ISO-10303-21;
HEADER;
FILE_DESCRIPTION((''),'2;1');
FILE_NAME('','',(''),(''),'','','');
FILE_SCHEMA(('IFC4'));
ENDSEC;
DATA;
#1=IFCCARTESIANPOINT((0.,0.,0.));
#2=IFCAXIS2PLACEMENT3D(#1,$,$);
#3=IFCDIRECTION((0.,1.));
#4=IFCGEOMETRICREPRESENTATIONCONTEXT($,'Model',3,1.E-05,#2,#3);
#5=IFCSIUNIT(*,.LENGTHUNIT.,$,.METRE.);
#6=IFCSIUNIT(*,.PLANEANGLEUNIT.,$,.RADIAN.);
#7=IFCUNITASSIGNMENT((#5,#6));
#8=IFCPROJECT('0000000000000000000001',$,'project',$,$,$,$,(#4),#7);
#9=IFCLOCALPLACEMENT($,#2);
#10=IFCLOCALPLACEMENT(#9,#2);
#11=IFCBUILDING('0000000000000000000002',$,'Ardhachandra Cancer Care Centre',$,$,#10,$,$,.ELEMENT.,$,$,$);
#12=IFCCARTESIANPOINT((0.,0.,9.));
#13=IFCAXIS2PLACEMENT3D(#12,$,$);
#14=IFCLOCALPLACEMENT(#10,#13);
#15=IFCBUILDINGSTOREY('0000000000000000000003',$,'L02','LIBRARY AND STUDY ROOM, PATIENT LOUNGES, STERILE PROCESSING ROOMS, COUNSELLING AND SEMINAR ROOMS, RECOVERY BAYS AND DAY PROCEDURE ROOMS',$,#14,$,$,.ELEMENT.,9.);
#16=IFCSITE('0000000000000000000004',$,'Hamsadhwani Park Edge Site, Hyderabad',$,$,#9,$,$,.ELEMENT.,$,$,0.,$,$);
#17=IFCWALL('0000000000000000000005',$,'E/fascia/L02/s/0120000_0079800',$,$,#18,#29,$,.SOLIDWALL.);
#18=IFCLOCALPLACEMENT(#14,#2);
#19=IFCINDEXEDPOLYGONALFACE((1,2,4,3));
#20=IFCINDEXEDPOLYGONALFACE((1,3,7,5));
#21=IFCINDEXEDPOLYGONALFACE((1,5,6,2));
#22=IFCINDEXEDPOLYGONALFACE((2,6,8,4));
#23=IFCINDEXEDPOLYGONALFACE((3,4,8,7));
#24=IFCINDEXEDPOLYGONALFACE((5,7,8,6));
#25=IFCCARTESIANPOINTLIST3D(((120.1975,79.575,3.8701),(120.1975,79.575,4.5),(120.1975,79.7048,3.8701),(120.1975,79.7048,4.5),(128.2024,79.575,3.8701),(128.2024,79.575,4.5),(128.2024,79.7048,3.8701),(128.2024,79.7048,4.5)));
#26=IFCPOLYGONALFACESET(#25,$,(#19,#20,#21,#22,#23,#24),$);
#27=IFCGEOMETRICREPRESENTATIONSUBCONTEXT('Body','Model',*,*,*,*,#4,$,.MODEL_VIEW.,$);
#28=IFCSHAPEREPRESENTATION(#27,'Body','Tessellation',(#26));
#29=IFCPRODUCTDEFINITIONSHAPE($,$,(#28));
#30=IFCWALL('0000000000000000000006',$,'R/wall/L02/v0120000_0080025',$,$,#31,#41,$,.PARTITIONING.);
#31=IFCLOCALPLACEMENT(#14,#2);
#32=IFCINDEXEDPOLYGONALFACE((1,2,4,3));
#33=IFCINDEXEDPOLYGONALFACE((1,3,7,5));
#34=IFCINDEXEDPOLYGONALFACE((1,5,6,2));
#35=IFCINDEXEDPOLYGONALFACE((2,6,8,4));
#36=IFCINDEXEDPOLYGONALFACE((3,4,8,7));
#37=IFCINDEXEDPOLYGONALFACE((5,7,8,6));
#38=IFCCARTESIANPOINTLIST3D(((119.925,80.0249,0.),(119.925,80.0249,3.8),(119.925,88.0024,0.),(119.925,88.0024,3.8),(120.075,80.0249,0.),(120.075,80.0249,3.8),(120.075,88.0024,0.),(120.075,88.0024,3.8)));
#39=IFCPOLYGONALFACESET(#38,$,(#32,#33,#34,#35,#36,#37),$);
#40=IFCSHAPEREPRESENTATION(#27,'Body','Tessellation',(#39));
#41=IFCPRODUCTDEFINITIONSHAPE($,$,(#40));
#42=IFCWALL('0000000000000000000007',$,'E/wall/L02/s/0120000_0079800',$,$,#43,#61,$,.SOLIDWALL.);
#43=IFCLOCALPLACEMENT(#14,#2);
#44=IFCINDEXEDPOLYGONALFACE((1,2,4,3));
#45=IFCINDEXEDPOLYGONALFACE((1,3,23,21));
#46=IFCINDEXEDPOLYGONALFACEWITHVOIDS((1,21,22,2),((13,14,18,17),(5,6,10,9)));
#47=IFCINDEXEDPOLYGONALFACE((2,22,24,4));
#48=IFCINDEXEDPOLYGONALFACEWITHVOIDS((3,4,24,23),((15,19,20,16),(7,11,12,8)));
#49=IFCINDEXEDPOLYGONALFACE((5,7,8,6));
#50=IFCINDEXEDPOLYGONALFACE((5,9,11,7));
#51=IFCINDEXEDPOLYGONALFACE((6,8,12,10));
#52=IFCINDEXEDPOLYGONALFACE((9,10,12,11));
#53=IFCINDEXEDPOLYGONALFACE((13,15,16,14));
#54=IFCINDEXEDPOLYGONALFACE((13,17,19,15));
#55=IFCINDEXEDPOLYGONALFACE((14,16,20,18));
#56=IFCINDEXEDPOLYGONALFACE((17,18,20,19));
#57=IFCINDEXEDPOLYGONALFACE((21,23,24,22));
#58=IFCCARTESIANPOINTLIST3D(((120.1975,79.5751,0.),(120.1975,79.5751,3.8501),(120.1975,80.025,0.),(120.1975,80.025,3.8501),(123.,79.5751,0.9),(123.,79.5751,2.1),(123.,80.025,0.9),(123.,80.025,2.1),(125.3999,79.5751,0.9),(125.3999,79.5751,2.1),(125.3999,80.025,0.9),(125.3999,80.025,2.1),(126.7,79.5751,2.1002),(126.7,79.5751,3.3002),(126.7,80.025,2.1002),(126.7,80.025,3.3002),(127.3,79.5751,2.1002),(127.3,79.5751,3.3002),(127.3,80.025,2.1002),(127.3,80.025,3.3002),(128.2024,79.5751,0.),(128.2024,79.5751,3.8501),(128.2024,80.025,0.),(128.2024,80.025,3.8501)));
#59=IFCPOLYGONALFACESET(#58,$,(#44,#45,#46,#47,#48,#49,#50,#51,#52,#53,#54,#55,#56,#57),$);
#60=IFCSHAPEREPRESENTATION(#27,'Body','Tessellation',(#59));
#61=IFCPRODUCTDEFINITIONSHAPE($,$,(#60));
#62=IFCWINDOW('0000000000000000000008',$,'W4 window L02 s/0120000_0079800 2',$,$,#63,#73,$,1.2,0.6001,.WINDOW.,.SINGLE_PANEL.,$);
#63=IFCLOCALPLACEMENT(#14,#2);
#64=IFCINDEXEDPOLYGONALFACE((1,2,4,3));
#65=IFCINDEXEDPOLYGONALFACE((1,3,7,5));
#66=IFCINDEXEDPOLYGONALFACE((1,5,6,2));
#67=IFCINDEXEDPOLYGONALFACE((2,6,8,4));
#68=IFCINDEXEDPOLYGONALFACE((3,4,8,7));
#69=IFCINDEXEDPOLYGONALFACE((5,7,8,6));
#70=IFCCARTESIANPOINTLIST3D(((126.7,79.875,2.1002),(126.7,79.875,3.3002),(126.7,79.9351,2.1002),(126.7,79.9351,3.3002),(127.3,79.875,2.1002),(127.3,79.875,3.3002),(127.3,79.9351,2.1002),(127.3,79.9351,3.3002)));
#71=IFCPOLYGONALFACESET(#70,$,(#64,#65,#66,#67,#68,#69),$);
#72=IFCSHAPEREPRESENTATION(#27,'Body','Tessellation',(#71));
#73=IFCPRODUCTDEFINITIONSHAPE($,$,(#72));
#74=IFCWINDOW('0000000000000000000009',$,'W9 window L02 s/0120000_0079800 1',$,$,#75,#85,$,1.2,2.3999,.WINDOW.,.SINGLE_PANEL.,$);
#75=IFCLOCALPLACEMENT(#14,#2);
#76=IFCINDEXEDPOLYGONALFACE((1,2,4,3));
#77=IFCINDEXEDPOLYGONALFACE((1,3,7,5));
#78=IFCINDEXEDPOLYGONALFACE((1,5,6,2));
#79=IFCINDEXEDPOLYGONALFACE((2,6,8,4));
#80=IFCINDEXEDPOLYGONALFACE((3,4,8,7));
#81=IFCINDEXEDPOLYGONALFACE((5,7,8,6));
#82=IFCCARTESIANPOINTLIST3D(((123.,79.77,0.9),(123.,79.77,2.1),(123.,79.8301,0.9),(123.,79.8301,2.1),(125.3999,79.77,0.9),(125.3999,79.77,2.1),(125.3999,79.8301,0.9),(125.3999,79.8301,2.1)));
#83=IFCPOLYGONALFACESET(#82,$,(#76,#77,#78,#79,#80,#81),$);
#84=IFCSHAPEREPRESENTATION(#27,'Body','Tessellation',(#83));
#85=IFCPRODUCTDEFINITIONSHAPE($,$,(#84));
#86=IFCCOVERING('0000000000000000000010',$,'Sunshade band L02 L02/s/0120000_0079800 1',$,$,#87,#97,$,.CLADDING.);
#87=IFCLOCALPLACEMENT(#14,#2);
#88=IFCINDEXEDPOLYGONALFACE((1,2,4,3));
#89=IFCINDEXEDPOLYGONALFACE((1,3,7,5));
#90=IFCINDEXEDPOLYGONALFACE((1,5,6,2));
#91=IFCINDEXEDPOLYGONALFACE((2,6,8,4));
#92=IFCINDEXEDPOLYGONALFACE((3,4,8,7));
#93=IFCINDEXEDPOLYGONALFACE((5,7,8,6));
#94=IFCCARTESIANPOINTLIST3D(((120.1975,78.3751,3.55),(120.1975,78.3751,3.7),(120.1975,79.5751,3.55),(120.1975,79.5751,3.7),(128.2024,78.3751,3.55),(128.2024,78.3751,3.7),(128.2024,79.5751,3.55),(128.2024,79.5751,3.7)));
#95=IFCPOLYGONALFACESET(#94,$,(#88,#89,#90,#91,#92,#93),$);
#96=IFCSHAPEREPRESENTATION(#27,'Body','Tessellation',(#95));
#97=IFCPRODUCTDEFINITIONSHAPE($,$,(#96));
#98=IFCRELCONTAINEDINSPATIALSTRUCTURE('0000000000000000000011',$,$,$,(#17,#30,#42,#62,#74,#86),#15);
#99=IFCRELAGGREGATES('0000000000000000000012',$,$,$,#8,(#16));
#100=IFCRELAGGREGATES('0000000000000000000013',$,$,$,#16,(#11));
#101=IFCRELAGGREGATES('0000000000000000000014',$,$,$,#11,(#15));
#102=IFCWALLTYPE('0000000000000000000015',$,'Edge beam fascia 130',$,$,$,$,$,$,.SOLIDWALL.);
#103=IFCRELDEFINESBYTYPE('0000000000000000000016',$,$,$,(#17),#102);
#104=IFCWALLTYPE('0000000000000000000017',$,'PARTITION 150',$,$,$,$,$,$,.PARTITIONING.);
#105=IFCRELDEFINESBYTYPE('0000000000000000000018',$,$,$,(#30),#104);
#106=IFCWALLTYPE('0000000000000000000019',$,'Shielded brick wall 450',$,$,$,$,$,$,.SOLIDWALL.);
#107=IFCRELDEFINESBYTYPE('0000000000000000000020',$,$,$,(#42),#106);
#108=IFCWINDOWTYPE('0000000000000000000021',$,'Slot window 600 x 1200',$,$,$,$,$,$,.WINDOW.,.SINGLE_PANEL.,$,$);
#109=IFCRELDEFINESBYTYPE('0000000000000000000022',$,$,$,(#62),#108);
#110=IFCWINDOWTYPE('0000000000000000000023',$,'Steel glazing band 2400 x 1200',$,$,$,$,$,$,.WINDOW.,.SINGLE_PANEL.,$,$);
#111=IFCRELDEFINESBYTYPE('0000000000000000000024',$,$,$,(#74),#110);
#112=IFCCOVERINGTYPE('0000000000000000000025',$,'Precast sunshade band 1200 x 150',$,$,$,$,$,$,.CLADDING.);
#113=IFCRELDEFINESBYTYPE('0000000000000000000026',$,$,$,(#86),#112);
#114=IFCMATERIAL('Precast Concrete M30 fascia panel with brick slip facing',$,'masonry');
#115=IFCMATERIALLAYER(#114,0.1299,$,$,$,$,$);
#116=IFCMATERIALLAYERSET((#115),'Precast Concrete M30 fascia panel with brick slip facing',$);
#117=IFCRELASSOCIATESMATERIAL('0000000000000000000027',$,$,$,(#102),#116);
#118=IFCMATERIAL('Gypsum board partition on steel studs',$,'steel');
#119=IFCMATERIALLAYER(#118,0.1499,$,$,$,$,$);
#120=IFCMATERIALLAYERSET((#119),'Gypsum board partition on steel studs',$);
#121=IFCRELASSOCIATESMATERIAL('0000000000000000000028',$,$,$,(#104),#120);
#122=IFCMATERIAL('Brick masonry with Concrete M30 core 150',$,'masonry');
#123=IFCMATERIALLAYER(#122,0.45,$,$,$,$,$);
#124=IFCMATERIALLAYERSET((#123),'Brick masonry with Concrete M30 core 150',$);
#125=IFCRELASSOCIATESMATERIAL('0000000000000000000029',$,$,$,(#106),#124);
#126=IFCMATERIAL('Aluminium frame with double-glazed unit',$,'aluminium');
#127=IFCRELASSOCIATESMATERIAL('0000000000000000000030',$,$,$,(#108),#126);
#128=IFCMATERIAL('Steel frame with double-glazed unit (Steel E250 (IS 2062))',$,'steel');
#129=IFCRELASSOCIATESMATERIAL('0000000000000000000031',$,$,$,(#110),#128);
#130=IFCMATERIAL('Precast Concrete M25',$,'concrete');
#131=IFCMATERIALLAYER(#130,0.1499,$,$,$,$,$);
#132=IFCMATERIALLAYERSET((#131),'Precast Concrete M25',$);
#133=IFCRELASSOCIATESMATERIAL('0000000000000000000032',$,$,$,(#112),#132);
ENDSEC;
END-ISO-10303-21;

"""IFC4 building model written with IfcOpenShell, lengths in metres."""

from ifc_helpers import new_model, si_unit, direction, frame, frame_2d, origin, origin_2d, place, context, subcontext, project, spatial, rectangle, extrude, material, layer, layer_set, type_object, element, fill, save


model = new_model("IFC4")

# Units and contexts
model_context = context("Model", 3, precision=1e-05, world=origin(), true_north=direction((0.0, 1.0)))
body_context = subcontext(model_context, "Body", "Model", "MODEL_VIEW")
ifc_project = project(units=[si_unit("LENGTHUNIT", "METRE"), si_unit("PLANEANGLEUNIT", "RADIAN")], contexts=[model_context])

# Site, building, storey
site_placement = place(None, origin())
site = spatial("IfcSite", under=ifc_project, at=site_placement, Name="Hamsadhwani Park Edge Site, Hyderabad", CompositionType="ELEMENT", RefElevation=0.0)
building_placement = place(site_placement, origin())
building = spatial("IfcBuilding", under=site, at=building_placement, Name="Ardhachandra Cancer Care Centre", CompositionType="ELEMENT")
storey_placement = place(building_placement, frame((0.0, 0.0, 9.0)))
storey = spatial("IfcBuildingStorey", under=building, at=storey_placement, Name="L02", Description="LIBRARY AND STUDY ROOM, PATIENT LOUNGES, STERILE PROCESSING ROOMS, COUNSELLING AND SEMINAR ROOMS, RECOVERY BAYS AND DAY PROCEDURE ROOMS", CompositionType="ELEMENT", Elevation=9.0)

# Walls
ifc_material_1 = material(Name="Precast Concrete M30 fascia panel with brick slip facing", Category="masonry")
ifc_layer_1 = layer(ifc_material_1, 0.1299)
ifc_layer_set_1 = layer_set([ifc_layer_1], Name="Precast Concrete M30 fascia panel with brick slip facing")
wall_type_1 = type_object("IfcWallType", Name="Edge beam fascia 130", PredefinedType="SOLIDWALL", material=ifc_layer_set_1)
wall_1_placement = place(storey_placement, frame((120.1975, 79.6399, 3.8701), z_axis=(0.0, 0.0, 1.0), x_axis=(1.0, 0.0, 0.0)))
element("IfcWall", 1, at=wall_1_placement, inside=storey, type_object=wall_type_1, Name="E/fascia/L02/s/0120000_0079800", PredefinedType="SOLIDWALL", context=body_context, shape_type="SweptSolid", body=[
    extrude(rectangle(XDim=8.0049, YDim=0.1299, at=frame_2d((4.0024, 0.0))), origin(), (0.0, 0.0, 1.0), 0.6299),
])
ifc_material_2 = material(Name="Gypsum board partition on steel studs", Category="steel")
ifc_layer_2 = layer(ifc_material_2, 0.1499)
ifc_layer_set_2 = layer_set([ifc_layer_2], Name="Gypsum board partition on steel studs")
wall_type_2 = type_object("IfcWallType", Name="PARTITION 150", PredefinedType="PARTITIONING", material=ifc_layer_set_2)
wall_2_placement = place(storey_placement, frame((120.0, 80.0249, 0.0), z_axis=(0.0, 0.0, 1.0), x_axis=(0.0, 1.0, 0.0)))
element("IfcWall", 2, at=wall_2_placement, inside=storey, type_object=wall_type_2, Name="R/wall/L02/v0120000_0080025", PredefinedType="PARTITIONING", context=body_context, shape_type="SweptSolid", body=[
    extrude(rectangle(XDim=7.9775, YDim=0.1499, at=frame_2d((3.9888, 0.0))), origin(), (0.0, 0.0, 1.0), 3.8),
])

# Wall, openings, windows
ifc_material_3 = material(Name="Brick masonry with Concrete M30 core 150", Category="masonry")
ifc_layer_3 = layer(ifc_material_3, 0.45)
ifc_layer_set_3 = layer_set([ifc_layer_3], Name="Brick masonry with Concrete M30 core 150")
wall_type_3 = type_object("IfcWallType", Name="Shielded brick wall 450", PredefinedType="SOLIDWALL", material=ifc_layer_set_3)
wall_3_placement = place(storey_placement, frame((120.1975, 79.8, 0.0), z_axis=(0.0, 0.0, 1.0), x_axis=(1.0, 0.0, 0.0)))
wall_3 = element("IfcWall", 3, at=wall_3_placement, inside=storey, type_object=wall_type_3, Name="E/wall/L02/s/0120000_0079800", PredefinedType="SOLIDWALL", context=body_context, shape_type="SweptSolid", body=[
    extrude(rectangle(XDim=8.0049, YDim=0.45, at=frame_2d((4.0024, 0.0))), origin(), (0.0, 0.0, 1.0), 3.8501),
])
opening_1_placement = place(wall_3_placement, frame((2.8025, 0.0, 0.8999)))
opening_1 = element("IfcOpeningElement", 4, at=opening_1_placement, cuts=wall_3, PredefinedType="OPENING", context=body_context, shape_type="SweptSolid", body=[
    extrude(rectangle(XDim=2.3999, YDim=1.2, at=frame_2d((1.2, 0.6001))), frame((0.0, 0.2349, 0.0), z_axis=(0.0, -1.0, 0.0), x_axis=(1.0, 0.0, 0.0)), (0.0, 0.0, 1.0), 0.47),
])
opening_2_placement = place(wall_3_placement, frame((6.5024, 0.0, 2.1001)))
opening_2 = element("IfcOpeningElement", 5, at=opening_2_placement, cuts=wall_3, PredefinedType="OPENING", context=body_context, shape_type="SweptSolid", body=[
    extrude(rectangle(XDim=0.6001, YDim=1.2, at=frame_2d((0.3, 0.6001))), frame((0.0, 0.2349, 0.0), z_axis=(0.0, -1.0, 0.0), x_axis=(1.0, 0.0, 0.0)), (0.0, 0.0, 1.0), 0.47),
])
ifc_material_4 = material(Name="Aluminium frame with double-glazed unit", Category="aluminium")
window_type_1 = type_object("IfcWindowType", Name="Slot window 600 x 1200", PartitioningType="SINGLE_PANEL", PredefinedType="WINDOW", material=ifc_material_4)
window_1_placement = place(opening_2_placement, origin())
window_1 = element("IfcWindow", 6, at=window_1_placement, inside=storey, type_object=window_type_1, Name="W4 window L02 s/0120000_0079800 2", OverallHeight=1.2, OverallWidth=0.6001, PartitioningType="SINGLE_PANEL", PredefinedType="WINDOW", context=body_context, shape_type="SweptSolid", body=[
    extrude(rectangle(XDim=0.6001, YDim=1.2, at=frame_2d((0.3, 0.6001))), frame((0.0, 0.135, 0.0), z_axis=(0.0, -1.0, 0.0), x_axis=(1.0, 0.0, 0.0)), (0.0, 0.0, 1.0), 0.0601),
])
fill(opening_2, window_1)
ifc_material_5 = material(Name="Steel frame with double-glazed unit (Steel E250 (IS 2062))", Category="steel")
window_type_2 = type_object("IfcWindowType", Name="Steel glazing band 2400 x 1200", PartitioningType="SINGLE_PANEL", PredefinedType="WINDOW", material=ifc_material_5)
window_2_placement = place(opening_1_placement, origin())
window_2 = element("IfcWindow", 7, at=window_2_placement, inside=storey, type_object=window_type_2, Name="W9 window L02 s/0120000_0079800 1", OverallHeight=1.2, OverallWidth=2.3999, PartitioningType="SINGLE_PANEL", PredefinedType="WINDOW", context=body_context, shape_type="SweptSolid", body=[
    extrude(rectangle(XDim=2.3999, YDim=1.2, at=frame_2d((1.2, 0.6001))), frame((0.0, 0.03, 0.0), z_axis=(0.0, -1.0, 0.0), x_axis=(1.0, 0.0, 0.0)), (0.0, 0.0, 1.0), 0.0601),
])
fill(opening_1, window_2)

# Covering
ifc_material_6 = material(Name="Precast Concrete M25", Category="concrete")
ifc_layer_4 = layer(ifc_material_6, 0.1499)
ifc_layer_set_4 = layer_set([ifc_layer_4], Name="Precast Concrete M25")
covering_type = type_object("IfcCoveringType", Name="Precast sunshade band 1200 x 150", PredefinedType="CLADDING", material=ifc_layer_set_4)
covering_placement = place(storey_placement, frame((124.2, 78.9751, 3.55), z_axis=(0.0, 0.0, 1.0), x_axis=(1.0, 0.0, 0.0)))
element("IfcCovering", 8, at=covering_placement, inside=storey, type_object=covering_type, Name="Sunshade band L02 L02/s/0120000_0079800 1", PredefinedType="CLADDING", context=body_context, shape_type="SweptSolid", body=[
    extrude(rectangle(XDim=8.0049, YDim=1.2, at=origin_2d()), origin(), (0.0, 0.0, 1.0), 0.1499),
])

save(model, "model.ifc")
